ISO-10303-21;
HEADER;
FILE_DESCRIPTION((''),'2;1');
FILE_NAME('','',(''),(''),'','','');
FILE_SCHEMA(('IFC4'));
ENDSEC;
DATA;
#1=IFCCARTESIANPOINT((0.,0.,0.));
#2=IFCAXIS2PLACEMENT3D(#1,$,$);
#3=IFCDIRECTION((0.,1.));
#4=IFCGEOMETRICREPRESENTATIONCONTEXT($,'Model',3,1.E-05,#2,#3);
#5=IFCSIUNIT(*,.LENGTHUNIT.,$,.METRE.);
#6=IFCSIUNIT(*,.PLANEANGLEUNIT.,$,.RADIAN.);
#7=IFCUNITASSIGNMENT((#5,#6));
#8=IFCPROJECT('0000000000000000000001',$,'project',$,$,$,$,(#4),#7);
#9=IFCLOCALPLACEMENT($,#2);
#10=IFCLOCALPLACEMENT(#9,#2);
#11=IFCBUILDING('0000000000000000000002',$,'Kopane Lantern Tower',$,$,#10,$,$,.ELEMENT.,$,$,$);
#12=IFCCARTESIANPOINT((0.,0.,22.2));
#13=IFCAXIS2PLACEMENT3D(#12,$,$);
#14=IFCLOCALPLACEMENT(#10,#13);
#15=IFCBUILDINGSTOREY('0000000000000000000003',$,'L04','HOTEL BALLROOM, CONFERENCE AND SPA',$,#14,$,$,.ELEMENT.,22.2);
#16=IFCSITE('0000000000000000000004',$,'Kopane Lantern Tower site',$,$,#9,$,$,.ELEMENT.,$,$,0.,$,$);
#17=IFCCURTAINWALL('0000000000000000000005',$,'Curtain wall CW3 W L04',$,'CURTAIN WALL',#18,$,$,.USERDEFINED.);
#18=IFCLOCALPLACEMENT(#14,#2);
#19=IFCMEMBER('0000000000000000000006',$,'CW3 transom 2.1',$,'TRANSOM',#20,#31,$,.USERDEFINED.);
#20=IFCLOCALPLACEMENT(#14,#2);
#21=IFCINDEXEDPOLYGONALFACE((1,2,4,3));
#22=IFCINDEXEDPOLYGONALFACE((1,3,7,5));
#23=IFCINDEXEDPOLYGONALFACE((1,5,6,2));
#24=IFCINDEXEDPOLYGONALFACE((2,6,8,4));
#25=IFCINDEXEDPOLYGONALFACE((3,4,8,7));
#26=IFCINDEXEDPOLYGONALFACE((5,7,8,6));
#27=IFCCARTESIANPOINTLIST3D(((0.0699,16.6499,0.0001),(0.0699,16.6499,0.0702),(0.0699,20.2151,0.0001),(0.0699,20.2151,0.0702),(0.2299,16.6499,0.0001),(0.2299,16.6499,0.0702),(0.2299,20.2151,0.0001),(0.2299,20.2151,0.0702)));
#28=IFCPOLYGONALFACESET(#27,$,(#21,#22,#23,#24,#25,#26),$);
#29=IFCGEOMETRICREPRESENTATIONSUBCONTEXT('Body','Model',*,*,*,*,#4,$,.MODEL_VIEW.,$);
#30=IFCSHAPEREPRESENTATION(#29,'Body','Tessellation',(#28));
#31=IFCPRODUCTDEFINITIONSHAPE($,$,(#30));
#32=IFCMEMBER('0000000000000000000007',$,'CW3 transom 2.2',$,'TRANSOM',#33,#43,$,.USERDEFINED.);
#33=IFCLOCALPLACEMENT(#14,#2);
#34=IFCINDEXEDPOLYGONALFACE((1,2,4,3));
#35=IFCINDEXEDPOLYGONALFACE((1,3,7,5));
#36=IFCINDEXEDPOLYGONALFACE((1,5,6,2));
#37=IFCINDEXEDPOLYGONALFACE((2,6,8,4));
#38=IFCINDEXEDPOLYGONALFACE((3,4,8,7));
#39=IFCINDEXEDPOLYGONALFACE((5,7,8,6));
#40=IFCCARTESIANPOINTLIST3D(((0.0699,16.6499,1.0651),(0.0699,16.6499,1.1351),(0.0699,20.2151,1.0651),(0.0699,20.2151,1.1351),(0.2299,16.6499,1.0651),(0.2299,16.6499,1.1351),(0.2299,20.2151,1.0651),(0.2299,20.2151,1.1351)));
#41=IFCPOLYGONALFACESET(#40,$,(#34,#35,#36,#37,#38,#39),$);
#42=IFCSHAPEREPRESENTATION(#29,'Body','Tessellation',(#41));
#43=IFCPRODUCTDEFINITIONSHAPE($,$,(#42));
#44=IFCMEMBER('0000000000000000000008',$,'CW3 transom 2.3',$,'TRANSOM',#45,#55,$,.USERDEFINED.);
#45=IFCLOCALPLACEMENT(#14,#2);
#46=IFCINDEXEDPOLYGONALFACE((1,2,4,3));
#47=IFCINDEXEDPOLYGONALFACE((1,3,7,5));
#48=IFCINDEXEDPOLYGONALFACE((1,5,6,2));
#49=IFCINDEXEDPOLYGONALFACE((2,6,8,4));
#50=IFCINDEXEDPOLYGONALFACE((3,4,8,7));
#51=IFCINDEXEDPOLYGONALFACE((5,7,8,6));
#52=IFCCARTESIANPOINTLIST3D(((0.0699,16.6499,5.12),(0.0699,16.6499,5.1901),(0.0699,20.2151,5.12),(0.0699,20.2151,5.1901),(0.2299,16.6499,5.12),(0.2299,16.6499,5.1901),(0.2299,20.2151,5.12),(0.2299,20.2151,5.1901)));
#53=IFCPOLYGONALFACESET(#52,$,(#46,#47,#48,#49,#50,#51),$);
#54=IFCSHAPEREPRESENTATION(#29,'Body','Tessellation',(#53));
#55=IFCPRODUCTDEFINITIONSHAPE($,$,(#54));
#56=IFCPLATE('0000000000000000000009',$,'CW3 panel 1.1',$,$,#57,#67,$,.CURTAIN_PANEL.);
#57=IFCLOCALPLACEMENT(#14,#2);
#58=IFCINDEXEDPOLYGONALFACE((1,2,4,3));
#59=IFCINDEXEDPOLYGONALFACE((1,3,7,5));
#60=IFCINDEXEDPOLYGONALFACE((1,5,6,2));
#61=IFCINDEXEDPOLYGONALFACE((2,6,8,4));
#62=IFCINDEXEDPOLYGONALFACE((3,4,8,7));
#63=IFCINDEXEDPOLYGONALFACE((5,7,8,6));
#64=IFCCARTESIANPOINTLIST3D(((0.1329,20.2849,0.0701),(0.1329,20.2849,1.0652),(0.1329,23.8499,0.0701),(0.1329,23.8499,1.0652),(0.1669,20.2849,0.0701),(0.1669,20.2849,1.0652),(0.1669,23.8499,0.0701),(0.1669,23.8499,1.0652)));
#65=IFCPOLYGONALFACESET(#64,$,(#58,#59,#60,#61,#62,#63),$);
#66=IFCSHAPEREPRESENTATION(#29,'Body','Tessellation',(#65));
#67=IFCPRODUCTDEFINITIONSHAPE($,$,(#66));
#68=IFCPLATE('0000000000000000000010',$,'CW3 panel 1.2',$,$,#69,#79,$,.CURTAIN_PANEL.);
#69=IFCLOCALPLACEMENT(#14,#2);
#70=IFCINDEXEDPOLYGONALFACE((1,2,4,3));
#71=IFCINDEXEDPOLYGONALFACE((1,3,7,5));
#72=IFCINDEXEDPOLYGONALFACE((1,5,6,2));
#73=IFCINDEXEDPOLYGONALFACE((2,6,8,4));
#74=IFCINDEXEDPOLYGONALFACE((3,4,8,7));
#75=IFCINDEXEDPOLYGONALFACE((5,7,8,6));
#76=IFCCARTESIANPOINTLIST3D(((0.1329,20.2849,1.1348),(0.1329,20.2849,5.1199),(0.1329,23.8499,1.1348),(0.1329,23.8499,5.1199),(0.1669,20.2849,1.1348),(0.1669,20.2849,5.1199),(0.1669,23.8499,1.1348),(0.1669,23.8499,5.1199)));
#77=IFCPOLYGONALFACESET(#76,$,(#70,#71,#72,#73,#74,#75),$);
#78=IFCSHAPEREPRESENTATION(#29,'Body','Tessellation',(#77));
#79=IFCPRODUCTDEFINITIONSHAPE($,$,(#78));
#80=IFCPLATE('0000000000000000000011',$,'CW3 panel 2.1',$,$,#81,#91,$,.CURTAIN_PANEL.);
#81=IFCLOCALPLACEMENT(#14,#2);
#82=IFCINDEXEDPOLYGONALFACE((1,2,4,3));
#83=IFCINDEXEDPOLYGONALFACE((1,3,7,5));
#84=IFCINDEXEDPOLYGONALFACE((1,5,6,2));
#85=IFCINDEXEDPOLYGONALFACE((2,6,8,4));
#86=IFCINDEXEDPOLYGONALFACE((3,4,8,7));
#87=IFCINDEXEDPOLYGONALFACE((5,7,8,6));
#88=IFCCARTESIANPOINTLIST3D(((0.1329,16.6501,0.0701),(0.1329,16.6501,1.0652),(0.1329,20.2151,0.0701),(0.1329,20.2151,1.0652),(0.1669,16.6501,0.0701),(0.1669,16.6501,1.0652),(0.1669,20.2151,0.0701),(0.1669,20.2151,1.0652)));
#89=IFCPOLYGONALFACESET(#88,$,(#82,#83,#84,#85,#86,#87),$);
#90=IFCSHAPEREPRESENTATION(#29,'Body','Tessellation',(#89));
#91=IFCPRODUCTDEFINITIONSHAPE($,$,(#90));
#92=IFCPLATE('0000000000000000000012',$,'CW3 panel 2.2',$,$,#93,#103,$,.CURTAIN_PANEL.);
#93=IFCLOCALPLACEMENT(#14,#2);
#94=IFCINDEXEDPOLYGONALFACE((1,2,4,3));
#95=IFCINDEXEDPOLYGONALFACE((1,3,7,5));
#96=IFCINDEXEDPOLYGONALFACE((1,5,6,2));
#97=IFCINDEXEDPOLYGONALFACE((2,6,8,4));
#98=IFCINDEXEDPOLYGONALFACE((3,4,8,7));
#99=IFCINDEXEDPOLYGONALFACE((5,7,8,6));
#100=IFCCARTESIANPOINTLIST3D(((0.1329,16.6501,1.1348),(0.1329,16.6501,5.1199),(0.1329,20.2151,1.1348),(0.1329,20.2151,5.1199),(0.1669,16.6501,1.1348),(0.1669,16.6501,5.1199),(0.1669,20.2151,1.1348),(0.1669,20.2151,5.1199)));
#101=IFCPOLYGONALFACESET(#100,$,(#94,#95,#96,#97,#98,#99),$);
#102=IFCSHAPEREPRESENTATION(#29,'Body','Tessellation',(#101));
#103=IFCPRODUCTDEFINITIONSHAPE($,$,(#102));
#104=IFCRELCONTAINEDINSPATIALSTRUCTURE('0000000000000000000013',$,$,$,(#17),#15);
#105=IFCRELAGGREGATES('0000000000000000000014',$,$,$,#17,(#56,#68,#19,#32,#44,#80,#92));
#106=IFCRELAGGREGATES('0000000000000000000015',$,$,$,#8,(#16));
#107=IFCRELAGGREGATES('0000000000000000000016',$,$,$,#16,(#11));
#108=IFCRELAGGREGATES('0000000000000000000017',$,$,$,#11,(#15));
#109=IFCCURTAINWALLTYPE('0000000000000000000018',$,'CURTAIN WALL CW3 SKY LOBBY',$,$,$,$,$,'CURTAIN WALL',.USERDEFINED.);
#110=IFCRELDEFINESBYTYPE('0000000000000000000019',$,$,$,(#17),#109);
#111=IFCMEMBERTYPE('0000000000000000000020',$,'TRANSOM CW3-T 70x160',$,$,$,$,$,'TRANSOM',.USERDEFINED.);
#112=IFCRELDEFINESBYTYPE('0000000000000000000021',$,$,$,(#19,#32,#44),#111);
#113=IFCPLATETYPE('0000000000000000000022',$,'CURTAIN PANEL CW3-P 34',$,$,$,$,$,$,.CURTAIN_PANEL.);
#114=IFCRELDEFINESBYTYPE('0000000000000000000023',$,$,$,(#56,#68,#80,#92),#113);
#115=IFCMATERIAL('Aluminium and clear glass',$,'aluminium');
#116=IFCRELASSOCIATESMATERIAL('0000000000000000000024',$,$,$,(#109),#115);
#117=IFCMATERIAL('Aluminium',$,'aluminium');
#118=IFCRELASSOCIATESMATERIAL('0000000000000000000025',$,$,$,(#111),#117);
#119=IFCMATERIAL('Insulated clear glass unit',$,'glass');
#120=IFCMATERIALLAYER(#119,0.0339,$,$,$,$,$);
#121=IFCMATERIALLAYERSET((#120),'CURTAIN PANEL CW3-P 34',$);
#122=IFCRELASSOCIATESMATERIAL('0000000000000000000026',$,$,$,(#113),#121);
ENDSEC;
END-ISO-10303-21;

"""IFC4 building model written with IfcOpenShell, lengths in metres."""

from ifc_helpers import new_model, si_unit, direction, frame, origin, origin_2d, place, context, subcontext, project, spatial, rectangle, extrude, material, layer, layer_set, material_profile, profile_set, type_object, element, aggregate, save


model = new_model("IFC4")

# Units and contexts
model_context = context("Model", 3, precision=1e-05, world=origin(), true_north=direction((0.0, 1.0)))
body_context = subcontext(model_context, "Body", "Model", "MODEL_VIEW")
ifc_project = project(units=[si_unit("LENGTHUNIT", "METRE"), si_unit("PLANEANGLEUNIT", "RADIAN")], contexts=[model_context])

# Site, building, storey
site_placement = place(None, origin())
site = spatial("IfcSite", under=ifc_project, at=site_placement, Name="Kopane Lantern Tower site", CompositionType="ELEMENT", RefElevation=0.0)
building_placement = place(site_placement, origin())
building = spatial("IfcBuilding", under=site, at=building_placement, Name="Kopane Lantern Tower", CompositionType="ELEMENT")
storey_placement = place(building_placement, frame((0.0, 0.0, 22.2)))
storey = spatial("IfcBuildingStorey", under=building, at=storey_placement, Name="L04", Description="HOTEL BALLROOM, CONFERENCE AND SPA", CompositionType="ELEMENT", Elevation=22.2)

# Shared definitions
ifc_material_1 = material(Name="Aluminium and clear glass", Category="aluminium")
curtain_wall_type = type_object("IfcCurtainWallType", Name="CURTAIN WALL CW3 SKY LOBBY", ElementType="CURTAIN WALL", PredefinedType="USERDEFINED", material=ifc_material_1)

# Curtain wall, members, plates
curtain_wall_1_placement = place(storey_placement, origin())
curtain_wall_1 = element("IfcCurtainWall", 1, at=curtain_wall_1_placement, inside=storey, type_object=curtain_wall_type, Name="Curtain wall CW3 W L04", ObjectType="CURTAIN WALL", PredefinedType="USERDEFINED")
ifc_material_2 = material(Name="Aluminium", Category="aluminium")
ifc_material_profile_1 = material_profile(ifc_material_2, rectangle(XDim=0.1599, YDim=0.0701, at=origin_2d()), Name="AL 160x70")
ifc_profile_set_1 = profile_set([ifc_material_profile_1], Name="Aluminium")
member_type_1 = type_object("IfcMemberType", Name="TRANSOM CW3-T 70x160", ElementType="TRANSOM", PredefinedType="USERDEFINED", material=ifc_profile_set_1)
member_1_placement = place(storey_placement, frame((0.1499, 20.2151, 0.0352), z_axis=(0.0, -1.0, 0.0), x_axis=(1.0, 0.0, 0.0)))
member_1 = element("IfcMember", 2, at=member_1_placement, type_object=member_type_1, Name="CW3 transom 2.1", ObjectType="TRANSOM", PredefinedType="USERDEFINED", context=body_context, shape_type="SweptSolid", body=[
    extrude(rectangle(XDim=0.1599, YDim=0.0701, at=origin_2d()), origin(), (0.0, 0.0, 1.0), 3.5652),
])
member_2_placement = place(storey_placement, frame((0.1499, 20.2151, 1.1001), z_axis=(0.0, -1.0, 0.0), x_axis=(1.0, 0.0, 0.0)))
member_2 = element("IfcMember", 3, at=member_2_placement, type_object=member_type_1, Name="CW3 transom 2.2", ObjectType="TRANSOM", PredefinedType="USERDEFINED", context=body_context, shape_type="SweptSolid", body=[
    extrude(rectangle(XDim=0.1599, YDim=0.0701, at=origin_2d()), origin(), (0.0, 0.0, 1.0), 3.5652),
])
member_3_placement = place(storey_placement, frame((0.1499, 20.2151, 5.155), z_axis=(0.0, -1.0, 0.0), x_axis=(1.0, 0.0, 0.0)))
member_3 = element("IfcMember", 4, at=member_3_placement, type_object=member_type_1, Name="CW3 transom 2.3", ObjectType="TRANSOM", PredefinedType="USERDEFINED", context=body_context, shape_type="SweptSolid", body=[
    extrude(rectangle(XDim=0.1599, YDim=0.0701, at=origin_2d()), origin(), (0.0, 0.0, 1.0), 3.5652),
])
ifc_material_3 = material(Name="Insulated clear glass unit", Category="glass")
ifc_layer = layer(ifc_material_3, 0.0339)
ifc_layer_set = layer_set([ifc_layer], Name="CURTAIN PANEL CW3-P 34")
plate_type = type_object("IfcPlateType", Name="CURTAIN PANEL CW3-P 34", PredefinedType="CURTAIN_PANEL", material=ifc_layer_set)
plate_1_placement = place(storey_placement, frame((0.1499, 22.0674, 0.0701), z_axis=(0.0, 0.0, 1.0), x_axis=(0.0, -1.0, 0.0)))
plate_1 = element("IfcPlate", 5, at=plate_1_placement, type_object=plate_type, Name="CW3 panel 1.1", PredefinedType="CURTAIN_PANEL", context=body_context, shape_type="SweptSolid", body=[
    extrude(rectangle(XDim=3.5649, YDim=0.0339, at=origin_2d()), origin(), (0.0, 0.0, 1.0), 0.9951),
])
plate_2_placement = place(storey_placement, frame((0.1499, 22.0674, 1.1348), z_axis=(0.0, 0.0, 1.0), x_axis=(0.0, -1.0, 0.0)))
plate_2 = element("IfcPlate", 6, at=plate_2_placement, type_object=plate_type, Name="CW3 panel 1.2", PredefinedType="CURTAIN_PANEL", context=body_context, shape_type="SweptSolid", body=[
    extrude(rectangle(XDim=3.5649, YDim=0.0339, at=origin_2d()), origin(), (0.0, 0.0, 1.0), 3.9851),
])
plate_3_placement = place(storey_placement, frame((0.1499, 18.4326, 0.0701), z_axis=(0.0, 0.0, 1.0), x_axis=(0.0, -1.0, 0.0)))
plate_3 = element("IfcPlate", 7, at=plate_3_placement, type_object=plate_type, Name="CW3 panel 2.1", PredefinedType="CURTAIN_PANEL", context=body_context, shape_type="SweptSolid", body=[
    extrude(rectangle(XDim=3.5649, YDim=0.0339, at=origin_2d()), origin(), (0.0, 0.0, 1.0), 0.9951),
])
plate_4_placement = place(storey_placement, frame((0.1499, 18.4326, 1.1348), z_axis=(0.0, 0.0, 1.0), x_axis=(0.0, -1.0, 0.0)))
plate_4 = element("IfcPlate", 8, at=plate_4_placement, type_object=plate_type, Name="CW3 panel 2.2", PredefinedType="CURTAIN_PANEL", context=body_context, shape_type="SweptSolid", body=[
    extrude(rectangle(XDim=3.5649, YDim=0.0339, at=origin_2d()), origin(), (0.0, 0.0, 1.0), 3.9851),
])
aggregate(curtain_wall_1, [plate_1, plate_2, member_1, member_2, member_3, plate_3, plate_4])

save(model, "model.ifc")
